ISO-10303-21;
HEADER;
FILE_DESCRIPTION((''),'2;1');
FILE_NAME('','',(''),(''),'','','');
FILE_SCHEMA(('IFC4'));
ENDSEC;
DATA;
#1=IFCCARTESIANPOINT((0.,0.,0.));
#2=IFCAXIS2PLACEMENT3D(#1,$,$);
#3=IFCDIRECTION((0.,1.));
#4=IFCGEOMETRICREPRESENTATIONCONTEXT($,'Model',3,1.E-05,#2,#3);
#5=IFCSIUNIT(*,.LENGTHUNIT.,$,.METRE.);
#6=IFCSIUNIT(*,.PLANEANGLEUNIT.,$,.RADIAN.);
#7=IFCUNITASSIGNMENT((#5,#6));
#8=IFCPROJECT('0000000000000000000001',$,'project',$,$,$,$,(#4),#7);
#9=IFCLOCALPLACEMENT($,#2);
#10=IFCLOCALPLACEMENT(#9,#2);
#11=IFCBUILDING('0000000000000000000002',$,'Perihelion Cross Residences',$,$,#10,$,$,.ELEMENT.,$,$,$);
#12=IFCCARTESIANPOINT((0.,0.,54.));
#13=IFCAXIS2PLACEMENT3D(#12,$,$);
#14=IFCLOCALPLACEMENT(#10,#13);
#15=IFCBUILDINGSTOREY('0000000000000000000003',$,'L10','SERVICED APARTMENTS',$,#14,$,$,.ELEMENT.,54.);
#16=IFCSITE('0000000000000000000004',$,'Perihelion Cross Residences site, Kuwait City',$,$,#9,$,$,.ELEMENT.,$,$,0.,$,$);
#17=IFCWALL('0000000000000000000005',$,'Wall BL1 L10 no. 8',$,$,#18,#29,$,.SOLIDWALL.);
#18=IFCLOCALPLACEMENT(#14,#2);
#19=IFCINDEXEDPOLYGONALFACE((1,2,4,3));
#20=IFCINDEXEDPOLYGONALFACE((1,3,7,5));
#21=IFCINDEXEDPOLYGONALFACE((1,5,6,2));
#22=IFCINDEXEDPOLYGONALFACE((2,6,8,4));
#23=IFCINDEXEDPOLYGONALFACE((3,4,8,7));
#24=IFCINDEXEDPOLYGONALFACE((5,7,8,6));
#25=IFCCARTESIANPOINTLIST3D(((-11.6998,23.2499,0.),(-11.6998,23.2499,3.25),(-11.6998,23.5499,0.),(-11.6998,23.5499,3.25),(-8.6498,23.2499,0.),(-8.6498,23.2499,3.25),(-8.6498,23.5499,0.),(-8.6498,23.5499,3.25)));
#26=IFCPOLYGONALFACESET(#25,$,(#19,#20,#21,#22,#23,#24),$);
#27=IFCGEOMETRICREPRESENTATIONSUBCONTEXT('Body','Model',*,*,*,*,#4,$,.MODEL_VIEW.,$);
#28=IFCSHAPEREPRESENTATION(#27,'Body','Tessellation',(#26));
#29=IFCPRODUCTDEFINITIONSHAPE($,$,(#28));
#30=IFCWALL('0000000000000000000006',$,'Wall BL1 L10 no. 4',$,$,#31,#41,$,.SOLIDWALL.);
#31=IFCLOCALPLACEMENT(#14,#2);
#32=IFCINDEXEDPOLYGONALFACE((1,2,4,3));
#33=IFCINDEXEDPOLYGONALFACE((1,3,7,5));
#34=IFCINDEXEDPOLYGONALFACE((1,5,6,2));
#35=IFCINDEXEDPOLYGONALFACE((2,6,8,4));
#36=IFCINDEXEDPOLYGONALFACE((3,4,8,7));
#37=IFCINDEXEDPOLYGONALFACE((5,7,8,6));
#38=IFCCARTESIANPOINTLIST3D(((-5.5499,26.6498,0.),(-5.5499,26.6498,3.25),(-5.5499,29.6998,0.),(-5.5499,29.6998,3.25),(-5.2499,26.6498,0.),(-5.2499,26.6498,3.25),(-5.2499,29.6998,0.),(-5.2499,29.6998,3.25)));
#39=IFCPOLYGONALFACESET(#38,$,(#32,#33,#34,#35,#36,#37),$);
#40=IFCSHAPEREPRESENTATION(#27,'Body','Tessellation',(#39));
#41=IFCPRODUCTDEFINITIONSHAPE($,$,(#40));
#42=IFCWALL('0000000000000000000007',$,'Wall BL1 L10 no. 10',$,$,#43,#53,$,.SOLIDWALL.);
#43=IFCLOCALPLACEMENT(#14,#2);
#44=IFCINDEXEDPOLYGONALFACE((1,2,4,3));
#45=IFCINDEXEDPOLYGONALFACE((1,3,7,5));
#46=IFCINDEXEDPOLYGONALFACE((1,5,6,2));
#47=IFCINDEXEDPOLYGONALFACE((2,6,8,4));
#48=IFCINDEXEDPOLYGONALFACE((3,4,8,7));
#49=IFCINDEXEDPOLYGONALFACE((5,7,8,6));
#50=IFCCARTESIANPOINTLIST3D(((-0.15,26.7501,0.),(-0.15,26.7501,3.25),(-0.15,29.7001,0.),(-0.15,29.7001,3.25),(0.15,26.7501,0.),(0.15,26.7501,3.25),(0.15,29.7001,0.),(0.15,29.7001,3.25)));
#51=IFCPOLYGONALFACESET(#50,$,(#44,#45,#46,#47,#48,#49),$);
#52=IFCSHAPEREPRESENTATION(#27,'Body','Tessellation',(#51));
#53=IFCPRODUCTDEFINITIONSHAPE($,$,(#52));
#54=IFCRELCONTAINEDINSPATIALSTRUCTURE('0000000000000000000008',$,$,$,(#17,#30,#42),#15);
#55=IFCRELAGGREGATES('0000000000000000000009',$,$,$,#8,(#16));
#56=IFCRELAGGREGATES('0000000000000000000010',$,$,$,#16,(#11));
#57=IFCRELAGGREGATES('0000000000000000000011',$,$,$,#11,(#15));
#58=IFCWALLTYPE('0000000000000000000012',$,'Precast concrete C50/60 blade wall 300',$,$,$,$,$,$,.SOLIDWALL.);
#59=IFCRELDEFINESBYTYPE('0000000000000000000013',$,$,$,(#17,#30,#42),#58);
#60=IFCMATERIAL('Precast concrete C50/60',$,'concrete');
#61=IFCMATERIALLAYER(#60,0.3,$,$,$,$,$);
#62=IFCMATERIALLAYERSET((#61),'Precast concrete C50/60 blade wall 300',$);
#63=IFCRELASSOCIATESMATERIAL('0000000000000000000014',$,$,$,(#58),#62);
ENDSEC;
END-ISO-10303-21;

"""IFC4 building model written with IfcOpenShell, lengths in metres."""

from ifc_helpers import new_model, si_unit, direction, frame, frame_2d, origin, place, context, subcontext, project, spatial, rectangle, extrude, material, layer, layer_set, type_object, element, save


model = new_model("IFC4")

# Units and contexts
model_context = context("Model", 3, precision=1e-05, world=origin(), true_north=direction((0.0, 1.0)))
body_context = subcontext(model_context, "Body", "Model", "MODEL_VIEW")
ifc_project = project(units=[si_unit("LENGTHUNIT", "METRE"), si_unit("PLANEANGLEUNIT", "RADIAN")], contexts=[model_context])

# Site, building, storey
site_placement = place(None, origin())
site = spatial("IfcSite", under=ifc_project, at=site_placement, Name="Perihelion Cross Residences site, Kuwait City", CompositionType="ELEMENT", RefElevation=0.0)
building_placement = place(site_placement, origin())
building = spatial("IfcBuilding", under=site, at=building_placement, Name="Perihelion Cross Residences", CompositionType="ELEMENT")
storey_placement = place(building_placement, frame((0.0, 0.0, 54.0)))
storey = spatial("IfcBuildingStorey", under=building, at=storey_placement, Name="L10", Description="SERVICED APARTMENTS", CompositionType="ELEMENT", Elevation=54.0)

# Walls
ifc_material_1 = material(Name="Precast concrete C50/60", Category="concrete")
ifc_layer_1 = layer(ifc_material_1, 0.3)
ifc_layer_set_1 = layer_set([ifc_layer_1], Name="Precast concrete C50/60 blade wall 300")
wall_type_1 = type_object("IfcWallType", Name="Precast concrete C50/60 blade wall 300", PredefinedType="SOLIDWALL", material=ifc_layer_set_1)
for number, where, z_axis, x_axis, name in (
    (1, (-8.6499, 23.3999, 0.0), (0.0, 0.0, 1.0), (-1.0, 0.0, 0.0), "Wall BL1 L10 no. 8"),
    (2, (-5.3999, 26.6499, 0.0), (0.0, 0.0, 1.0), (0.0, 1.0, 0.0), "Wall BL1 L10 no. 4"),
):
    element("IfcWall", number, at=place(storey_placement, frame(where, z_axis=z_axis, x_axis=x_axis)), inside=storey, type_object=wall_type_1, Name=name, PredefinedType="SOLIDWALL", context=body_context, shape_type="SweptSolid", body=[
        extrude(rectangle(XDim=3.05, YDim=0.3, at=frame_2d((1.5249, 0.0))), origin(), (0.0, 0.0, 1.0), 3.25),
    ])
wall_1_placement = place(storey_placement, frame((0.0, 26.75, 0.0), z_axis=(0.0, 0.0, 1.0), x_axis=(0.0, 1.0, 0.0)))
element("IfcWall", 3, at=wall_1_placement, inside=storey, type_object=wall_type_1, Name="Wall BL1 L10 no. 10", PredefinedType="SOLIDWALL", context=body_context, shape_type="SweptSolid", body=[
    extrude(rectangle(XDim=2.95, YDim=0.3, at=frame_2d((1.4751, 0.0))), origin(), (0.0, 0.0, 1.0), 3.25),
])

save(model, "model.ifc")
